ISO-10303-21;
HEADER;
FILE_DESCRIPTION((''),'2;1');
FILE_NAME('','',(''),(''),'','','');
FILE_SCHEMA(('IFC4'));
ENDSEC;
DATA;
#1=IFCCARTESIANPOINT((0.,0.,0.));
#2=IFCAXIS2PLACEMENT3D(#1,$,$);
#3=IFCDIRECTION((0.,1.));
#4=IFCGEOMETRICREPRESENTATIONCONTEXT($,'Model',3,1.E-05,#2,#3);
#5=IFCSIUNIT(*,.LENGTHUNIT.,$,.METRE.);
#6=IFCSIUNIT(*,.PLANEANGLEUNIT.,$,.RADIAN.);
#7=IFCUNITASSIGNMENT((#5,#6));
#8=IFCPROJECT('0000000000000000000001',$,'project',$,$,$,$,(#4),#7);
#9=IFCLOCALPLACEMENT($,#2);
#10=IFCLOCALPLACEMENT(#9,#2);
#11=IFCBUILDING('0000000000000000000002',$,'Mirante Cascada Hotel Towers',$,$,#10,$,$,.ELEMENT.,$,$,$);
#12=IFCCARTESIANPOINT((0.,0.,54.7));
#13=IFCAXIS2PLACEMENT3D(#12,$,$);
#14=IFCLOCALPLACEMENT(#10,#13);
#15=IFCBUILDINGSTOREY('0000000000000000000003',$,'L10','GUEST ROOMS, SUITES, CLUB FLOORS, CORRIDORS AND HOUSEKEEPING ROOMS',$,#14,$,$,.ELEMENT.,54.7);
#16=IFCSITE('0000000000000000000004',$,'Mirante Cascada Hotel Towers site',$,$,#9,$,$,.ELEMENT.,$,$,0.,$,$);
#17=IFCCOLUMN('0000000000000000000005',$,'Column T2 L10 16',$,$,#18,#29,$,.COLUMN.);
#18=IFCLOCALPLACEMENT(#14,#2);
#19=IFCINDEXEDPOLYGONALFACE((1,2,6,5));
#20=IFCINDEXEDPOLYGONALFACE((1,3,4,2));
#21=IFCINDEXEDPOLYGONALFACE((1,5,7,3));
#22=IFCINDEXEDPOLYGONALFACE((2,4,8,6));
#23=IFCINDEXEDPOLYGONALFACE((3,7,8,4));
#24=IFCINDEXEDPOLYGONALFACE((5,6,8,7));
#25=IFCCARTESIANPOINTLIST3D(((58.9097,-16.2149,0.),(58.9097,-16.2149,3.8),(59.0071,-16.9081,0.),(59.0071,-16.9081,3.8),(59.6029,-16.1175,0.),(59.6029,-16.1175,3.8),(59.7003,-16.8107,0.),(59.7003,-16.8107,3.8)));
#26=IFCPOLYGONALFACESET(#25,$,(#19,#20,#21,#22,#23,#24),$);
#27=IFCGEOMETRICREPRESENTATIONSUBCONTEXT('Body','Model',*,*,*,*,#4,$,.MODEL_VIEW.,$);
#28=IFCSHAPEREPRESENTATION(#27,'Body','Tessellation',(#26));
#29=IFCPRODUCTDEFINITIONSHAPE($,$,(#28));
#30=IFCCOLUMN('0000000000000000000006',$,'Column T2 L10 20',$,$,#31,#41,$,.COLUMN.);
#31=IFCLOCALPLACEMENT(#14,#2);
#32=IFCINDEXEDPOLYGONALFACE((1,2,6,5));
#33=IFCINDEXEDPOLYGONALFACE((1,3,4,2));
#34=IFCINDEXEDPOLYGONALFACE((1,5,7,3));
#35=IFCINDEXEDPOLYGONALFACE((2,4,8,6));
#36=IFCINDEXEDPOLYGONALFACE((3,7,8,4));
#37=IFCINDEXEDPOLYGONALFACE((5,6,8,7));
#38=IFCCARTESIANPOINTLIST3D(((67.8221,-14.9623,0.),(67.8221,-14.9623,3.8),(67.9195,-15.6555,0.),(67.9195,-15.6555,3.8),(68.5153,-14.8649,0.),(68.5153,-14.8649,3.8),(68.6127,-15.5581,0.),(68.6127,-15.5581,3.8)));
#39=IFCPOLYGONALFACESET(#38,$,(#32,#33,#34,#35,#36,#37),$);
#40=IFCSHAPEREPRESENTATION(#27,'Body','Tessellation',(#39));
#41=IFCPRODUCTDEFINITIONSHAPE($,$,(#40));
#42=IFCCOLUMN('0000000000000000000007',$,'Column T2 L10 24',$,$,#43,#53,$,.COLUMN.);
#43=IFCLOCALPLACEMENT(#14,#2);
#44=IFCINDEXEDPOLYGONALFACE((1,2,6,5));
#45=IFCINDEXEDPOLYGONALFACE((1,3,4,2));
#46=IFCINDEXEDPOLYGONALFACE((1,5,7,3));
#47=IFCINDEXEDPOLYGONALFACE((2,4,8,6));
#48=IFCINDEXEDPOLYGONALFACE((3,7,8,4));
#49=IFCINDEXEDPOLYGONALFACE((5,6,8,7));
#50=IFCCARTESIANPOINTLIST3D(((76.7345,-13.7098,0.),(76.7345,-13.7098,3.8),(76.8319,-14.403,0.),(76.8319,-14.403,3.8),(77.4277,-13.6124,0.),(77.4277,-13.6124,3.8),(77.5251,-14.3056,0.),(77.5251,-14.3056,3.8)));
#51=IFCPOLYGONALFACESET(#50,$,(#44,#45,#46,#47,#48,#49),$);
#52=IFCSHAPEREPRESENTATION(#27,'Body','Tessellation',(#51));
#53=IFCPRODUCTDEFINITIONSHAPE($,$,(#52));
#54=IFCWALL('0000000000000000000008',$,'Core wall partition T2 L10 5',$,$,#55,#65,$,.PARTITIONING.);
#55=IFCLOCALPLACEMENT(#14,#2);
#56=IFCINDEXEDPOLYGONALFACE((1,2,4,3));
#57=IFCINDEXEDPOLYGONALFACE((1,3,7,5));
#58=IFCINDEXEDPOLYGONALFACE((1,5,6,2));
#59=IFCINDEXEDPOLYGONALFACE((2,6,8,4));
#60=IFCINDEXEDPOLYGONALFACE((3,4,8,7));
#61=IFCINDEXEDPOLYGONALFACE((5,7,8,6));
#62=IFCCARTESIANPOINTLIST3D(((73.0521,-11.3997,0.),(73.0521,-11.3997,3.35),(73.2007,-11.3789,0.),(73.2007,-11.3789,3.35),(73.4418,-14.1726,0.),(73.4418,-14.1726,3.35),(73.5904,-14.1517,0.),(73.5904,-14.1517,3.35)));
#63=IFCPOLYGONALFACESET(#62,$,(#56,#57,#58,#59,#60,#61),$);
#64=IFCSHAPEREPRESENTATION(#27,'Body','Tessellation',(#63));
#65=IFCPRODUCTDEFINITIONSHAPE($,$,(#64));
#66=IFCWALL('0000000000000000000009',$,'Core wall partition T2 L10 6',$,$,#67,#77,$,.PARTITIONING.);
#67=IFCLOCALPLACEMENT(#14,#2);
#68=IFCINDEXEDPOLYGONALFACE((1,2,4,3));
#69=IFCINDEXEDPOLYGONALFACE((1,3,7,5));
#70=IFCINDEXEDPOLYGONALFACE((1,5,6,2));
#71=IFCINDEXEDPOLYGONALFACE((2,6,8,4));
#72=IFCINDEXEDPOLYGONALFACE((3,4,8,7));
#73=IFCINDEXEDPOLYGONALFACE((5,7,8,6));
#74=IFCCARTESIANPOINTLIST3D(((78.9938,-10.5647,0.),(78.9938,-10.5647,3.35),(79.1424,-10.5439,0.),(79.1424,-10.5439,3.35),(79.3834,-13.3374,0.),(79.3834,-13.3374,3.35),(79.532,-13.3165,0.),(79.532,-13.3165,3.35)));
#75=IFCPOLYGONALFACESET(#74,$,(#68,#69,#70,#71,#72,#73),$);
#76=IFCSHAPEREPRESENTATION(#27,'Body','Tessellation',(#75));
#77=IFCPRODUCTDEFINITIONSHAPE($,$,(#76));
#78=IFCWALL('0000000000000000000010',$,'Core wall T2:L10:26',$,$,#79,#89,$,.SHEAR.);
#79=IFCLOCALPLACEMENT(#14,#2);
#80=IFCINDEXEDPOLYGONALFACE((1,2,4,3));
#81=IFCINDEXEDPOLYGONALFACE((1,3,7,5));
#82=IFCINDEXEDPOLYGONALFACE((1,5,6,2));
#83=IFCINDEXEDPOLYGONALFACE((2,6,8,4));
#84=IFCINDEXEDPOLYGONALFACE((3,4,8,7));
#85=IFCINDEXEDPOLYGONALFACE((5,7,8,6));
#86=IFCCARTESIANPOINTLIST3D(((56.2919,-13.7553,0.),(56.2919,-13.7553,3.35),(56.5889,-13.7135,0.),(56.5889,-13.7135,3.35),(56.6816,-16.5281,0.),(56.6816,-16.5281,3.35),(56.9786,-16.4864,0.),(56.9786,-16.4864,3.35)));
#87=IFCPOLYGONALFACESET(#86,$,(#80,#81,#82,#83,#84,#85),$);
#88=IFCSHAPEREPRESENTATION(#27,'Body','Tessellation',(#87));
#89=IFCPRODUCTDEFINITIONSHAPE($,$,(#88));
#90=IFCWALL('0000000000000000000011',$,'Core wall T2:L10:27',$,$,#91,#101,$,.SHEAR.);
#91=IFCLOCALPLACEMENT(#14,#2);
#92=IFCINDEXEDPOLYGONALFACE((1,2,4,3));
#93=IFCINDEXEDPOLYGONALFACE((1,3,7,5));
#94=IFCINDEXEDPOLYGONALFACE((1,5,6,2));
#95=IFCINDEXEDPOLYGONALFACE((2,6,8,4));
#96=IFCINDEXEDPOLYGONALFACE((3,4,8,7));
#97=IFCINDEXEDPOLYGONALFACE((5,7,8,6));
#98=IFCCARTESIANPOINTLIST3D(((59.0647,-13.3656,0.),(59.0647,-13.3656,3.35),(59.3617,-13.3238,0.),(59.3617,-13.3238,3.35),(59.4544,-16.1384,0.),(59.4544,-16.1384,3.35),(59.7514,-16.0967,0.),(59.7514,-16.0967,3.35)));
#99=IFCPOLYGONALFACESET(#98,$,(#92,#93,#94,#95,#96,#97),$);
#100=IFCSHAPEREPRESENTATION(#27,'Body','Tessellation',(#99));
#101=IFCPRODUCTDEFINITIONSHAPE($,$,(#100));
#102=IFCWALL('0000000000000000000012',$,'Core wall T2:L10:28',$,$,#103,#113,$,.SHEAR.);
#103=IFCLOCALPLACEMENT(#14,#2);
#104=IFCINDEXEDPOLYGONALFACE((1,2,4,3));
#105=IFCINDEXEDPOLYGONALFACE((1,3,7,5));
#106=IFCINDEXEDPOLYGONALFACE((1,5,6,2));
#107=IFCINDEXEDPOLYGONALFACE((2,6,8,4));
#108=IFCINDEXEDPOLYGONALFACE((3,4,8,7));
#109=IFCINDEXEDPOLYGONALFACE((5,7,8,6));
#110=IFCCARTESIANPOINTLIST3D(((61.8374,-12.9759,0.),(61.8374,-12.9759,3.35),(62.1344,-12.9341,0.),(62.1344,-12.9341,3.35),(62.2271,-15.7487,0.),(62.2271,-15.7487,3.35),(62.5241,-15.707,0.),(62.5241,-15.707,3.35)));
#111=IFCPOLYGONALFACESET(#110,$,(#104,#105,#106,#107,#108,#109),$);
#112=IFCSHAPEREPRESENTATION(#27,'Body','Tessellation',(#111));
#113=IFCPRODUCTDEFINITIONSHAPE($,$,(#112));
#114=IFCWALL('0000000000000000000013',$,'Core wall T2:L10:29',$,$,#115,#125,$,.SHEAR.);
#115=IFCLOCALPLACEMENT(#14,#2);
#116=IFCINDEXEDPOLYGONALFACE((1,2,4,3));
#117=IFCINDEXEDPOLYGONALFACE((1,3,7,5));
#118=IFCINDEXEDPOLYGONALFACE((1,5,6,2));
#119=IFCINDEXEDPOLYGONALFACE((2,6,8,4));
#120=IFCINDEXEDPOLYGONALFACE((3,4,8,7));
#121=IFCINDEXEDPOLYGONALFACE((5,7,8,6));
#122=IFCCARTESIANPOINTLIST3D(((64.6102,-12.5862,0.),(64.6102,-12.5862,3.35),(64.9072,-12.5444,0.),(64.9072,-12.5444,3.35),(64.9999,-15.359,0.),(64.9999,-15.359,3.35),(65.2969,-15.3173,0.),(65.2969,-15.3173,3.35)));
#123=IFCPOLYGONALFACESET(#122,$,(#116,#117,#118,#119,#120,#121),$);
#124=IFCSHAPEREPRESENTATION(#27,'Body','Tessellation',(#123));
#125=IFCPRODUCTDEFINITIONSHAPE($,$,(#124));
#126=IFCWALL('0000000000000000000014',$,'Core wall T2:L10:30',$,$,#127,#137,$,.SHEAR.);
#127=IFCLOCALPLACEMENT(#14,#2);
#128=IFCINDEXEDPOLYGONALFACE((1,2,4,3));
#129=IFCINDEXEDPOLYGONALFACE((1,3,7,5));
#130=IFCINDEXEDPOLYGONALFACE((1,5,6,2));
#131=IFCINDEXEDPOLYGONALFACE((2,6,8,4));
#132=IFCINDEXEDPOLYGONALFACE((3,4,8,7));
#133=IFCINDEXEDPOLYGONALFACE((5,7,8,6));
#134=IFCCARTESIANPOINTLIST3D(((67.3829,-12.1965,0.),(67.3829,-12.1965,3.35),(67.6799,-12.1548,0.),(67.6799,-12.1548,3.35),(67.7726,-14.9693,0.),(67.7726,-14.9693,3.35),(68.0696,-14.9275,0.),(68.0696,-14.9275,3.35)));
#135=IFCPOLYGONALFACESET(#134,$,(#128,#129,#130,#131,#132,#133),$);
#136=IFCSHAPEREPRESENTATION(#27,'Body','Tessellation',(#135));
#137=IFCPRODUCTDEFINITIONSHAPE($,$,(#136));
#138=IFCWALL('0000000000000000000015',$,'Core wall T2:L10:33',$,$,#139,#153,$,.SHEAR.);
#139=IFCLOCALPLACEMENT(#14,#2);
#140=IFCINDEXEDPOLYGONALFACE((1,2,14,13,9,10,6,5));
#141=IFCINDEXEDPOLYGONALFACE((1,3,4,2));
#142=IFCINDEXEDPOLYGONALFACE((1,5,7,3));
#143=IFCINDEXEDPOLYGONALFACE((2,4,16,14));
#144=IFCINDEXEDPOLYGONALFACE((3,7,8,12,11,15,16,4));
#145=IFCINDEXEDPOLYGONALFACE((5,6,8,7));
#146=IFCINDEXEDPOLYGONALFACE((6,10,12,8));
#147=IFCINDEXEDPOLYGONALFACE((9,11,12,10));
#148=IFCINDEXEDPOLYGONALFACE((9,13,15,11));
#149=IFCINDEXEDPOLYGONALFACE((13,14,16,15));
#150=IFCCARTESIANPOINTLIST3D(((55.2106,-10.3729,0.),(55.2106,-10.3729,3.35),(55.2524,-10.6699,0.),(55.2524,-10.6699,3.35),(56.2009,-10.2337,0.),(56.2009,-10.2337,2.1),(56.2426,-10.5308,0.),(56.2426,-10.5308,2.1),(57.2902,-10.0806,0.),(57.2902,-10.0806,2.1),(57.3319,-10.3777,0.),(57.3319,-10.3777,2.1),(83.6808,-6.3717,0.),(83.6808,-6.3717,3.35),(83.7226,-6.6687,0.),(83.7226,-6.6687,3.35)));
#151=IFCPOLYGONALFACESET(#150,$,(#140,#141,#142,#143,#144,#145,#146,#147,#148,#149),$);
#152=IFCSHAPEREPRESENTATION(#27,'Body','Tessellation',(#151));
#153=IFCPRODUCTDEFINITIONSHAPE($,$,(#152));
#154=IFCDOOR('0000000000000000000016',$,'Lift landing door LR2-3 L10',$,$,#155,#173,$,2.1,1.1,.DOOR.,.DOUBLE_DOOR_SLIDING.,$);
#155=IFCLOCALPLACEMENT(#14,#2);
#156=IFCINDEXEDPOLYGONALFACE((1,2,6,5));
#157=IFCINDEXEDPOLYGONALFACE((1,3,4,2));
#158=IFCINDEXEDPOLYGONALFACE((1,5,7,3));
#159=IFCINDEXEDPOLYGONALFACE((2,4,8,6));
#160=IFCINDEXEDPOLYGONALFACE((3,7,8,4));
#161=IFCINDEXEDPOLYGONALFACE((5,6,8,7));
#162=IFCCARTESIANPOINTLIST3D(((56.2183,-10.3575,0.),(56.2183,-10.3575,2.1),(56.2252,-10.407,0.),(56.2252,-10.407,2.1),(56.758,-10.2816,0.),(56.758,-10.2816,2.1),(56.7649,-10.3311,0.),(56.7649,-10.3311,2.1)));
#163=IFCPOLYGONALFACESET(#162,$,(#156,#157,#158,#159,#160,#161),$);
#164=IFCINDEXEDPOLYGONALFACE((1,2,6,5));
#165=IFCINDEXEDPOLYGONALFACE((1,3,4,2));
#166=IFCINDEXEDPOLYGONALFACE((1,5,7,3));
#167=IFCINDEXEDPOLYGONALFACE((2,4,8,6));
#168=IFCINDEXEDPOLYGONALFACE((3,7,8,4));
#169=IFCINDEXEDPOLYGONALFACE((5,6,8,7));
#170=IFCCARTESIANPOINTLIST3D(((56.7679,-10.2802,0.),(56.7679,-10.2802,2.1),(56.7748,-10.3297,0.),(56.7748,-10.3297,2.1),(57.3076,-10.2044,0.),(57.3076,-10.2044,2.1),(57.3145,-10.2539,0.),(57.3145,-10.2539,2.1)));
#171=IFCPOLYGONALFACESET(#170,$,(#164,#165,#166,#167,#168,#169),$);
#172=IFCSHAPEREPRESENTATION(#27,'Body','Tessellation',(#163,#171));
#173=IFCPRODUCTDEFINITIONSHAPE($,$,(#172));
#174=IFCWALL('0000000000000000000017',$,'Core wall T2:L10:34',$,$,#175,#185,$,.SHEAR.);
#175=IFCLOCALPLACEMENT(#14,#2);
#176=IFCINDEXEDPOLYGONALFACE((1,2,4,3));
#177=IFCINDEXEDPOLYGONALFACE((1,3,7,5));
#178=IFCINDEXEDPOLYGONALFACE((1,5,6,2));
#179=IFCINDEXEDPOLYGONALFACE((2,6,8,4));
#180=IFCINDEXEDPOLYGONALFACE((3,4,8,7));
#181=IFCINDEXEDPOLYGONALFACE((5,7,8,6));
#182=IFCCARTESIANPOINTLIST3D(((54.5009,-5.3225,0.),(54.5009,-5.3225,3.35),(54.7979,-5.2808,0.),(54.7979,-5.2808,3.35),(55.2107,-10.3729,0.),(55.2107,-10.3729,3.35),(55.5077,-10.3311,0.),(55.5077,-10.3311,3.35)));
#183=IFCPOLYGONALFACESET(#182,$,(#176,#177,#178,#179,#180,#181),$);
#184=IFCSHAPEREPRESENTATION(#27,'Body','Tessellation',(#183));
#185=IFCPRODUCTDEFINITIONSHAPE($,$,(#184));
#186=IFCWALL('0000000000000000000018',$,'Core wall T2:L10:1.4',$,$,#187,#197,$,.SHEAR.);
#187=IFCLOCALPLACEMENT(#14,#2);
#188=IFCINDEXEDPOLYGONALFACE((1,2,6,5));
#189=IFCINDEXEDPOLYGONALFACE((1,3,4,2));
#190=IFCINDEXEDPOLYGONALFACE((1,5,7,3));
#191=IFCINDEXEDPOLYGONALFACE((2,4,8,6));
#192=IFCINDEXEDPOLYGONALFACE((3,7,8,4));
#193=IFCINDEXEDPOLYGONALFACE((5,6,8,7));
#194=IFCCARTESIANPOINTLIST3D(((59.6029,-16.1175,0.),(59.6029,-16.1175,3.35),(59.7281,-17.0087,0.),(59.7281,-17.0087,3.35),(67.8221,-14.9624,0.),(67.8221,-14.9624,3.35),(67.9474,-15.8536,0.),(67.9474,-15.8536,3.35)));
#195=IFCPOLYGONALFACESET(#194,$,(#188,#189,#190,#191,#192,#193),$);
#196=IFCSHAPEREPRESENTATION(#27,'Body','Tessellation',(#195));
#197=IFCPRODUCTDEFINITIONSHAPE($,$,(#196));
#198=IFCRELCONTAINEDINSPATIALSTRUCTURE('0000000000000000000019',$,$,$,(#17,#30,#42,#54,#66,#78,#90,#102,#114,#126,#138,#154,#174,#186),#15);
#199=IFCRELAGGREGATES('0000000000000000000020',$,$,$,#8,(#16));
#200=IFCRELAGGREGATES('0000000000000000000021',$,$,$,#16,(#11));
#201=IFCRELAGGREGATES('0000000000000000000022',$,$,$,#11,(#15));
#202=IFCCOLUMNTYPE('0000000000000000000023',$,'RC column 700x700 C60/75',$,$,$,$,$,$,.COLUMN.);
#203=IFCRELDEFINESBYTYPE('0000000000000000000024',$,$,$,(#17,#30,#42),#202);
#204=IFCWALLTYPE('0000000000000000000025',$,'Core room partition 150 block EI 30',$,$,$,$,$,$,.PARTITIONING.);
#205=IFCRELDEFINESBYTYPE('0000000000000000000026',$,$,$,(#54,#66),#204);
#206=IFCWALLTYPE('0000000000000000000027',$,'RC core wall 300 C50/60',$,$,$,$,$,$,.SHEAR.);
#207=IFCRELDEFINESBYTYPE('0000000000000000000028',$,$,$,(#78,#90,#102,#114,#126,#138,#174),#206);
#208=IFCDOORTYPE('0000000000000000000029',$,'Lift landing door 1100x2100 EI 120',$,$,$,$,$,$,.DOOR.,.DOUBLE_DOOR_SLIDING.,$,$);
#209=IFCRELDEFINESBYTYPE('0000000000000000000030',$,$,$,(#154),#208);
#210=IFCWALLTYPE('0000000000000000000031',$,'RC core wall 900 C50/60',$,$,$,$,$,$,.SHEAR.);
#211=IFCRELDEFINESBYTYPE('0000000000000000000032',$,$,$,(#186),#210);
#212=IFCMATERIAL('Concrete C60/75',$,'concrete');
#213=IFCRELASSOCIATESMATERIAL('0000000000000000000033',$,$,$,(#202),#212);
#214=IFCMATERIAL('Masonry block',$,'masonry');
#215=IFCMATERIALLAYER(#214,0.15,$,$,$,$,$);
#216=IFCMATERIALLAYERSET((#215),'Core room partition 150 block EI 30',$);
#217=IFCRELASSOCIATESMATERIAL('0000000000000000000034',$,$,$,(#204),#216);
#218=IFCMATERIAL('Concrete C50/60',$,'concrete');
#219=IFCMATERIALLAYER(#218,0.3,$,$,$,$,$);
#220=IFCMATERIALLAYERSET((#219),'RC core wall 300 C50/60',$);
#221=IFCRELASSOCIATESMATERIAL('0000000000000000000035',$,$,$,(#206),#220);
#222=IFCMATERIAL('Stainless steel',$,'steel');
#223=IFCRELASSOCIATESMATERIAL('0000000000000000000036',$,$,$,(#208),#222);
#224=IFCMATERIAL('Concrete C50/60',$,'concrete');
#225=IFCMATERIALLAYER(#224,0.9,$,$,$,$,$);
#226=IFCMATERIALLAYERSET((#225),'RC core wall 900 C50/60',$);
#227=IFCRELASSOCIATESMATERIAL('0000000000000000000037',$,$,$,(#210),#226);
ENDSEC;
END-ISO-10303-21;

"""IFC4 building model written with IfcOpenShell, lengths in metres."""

from ifc_helpers import new_model, si_unit, direction, frame, frame_2d, origin, origin_2d, place, context, subcontext, project, spatial, rectangle, extrude, material, layer, layer_set, material_profile, profile_set, type_object, element, fill, save


model = new_model("IFC4")

# Units and contexts
model_context = context("Model", 3, precision=1e-05, world=origin(), true_north=direction((0.0, 1.0)))
body_context = subcontext(model_context, "Body", "Model", "MODEL_VIEW")
ifc_project = project(units=[si_unit("LENGTHUNIT", "METRE"), si_unit("PLANEANGLEUNIT", "RADIAN")], contexts=[model_context])

# Site, building, storey
site_placement = place(None, origin())
site = spatial("IfcSite", under=ifc_project, at=site_placement, Name="Mirante Cascada Hotel Towers site", CompositionType="ELEMENT", RefElevation=0.0)
building_placement = place(site_placement, origin())
building = spatial("IfcBuilding", under=site, at=building_placement, Name="Mirante Cascada Hotel Towers", CompositionType="ELEMENT")
storey_placement = place(building_placement, frame((0.0, 0.0, 54.7)))
storey = spatial("IfcBuildingStorey", under=building, at=storey_placement, Name="L10", Description="GUEST ROOMS, SUITES, CLUB FLOORS, CORRIDORS AND HOUSEKEEPING ROOMS", CompositionType="ELEMENT", Elevation=54.7)

# Columns
ifc_material_1 = material(Name="Concrete C60/75", Category="concrete")
ifc_material_profile = material_profile(ifc_material_1, rectangle(XDim=0.7, YDim=0.7, at=origin_2d()), Name="RC column 700x700 C60/75")
ifc_profile_set = profile_set([ifc_material_profile], Name="Concrete C60/75")
column_type = type_object("IfcColumnType", Name="RC column 700x700 C60/75", PredefinedType="COLUMN", material=ifc_profile_set)
for number, where, z_axis, x_axis, name in (
    (1, (59.305, -16.5128, 0.0), (0.0, 0.0, 1.0), (0.990268, 0.139173, 0.0), "Column T2 L10 16"),
    (2, (68.2174, -15.2602, 0.0), (0.0, 0.0, 1.0), (0.990268, 0.139173, 0.0), "Column T2 L10 20"),
    (3, (77.1298, -14.0077, 0.0), (0.0, 0.0, 1.0), (0.990268, 0.139173, 0.0), "Column T2 L10 24"),
):
    element("IfcColumn", number, at=place(storey_placement, frame(where, z_axis=z_axis, x_axis=x_axis)), inside=storey, type_object=column_type, Name=name, PredefinedType="COLUMN", context=body_context, shape_type="SweptSolid", body=[
        extrude(rectangle(XDim=0.7, YDim=0.7, at=origin_2d()), origin(), (0.0, 0.0, 1.0), 3.8),
    ])

# Walls
ifc_material_2 = material(Name="Masonry block", Category="masonry")
ifc_layer_1 = layer(ifc_material_2, 0.15)
ifc_layer_set_1 = layer_set([ifc_layer_1], Name="Core room partition 150 block EI 30")
wall_type_1 = type_object("IfcWallType", Name="Core room partition 150 block EI 30", PredefinedType="PARTITIONING", material=ifc_layer_set_1)
wall_1_placement = place(storey_placement, frame((73.5161, -14.1621, 0.0), z_axis=(0.0, 0.0, 1.0), x_axis=(-0.139176, 0.990268, 0.0)))
element("IfcWall", 4, at=wall_1_placement, inside=storey, type_object=wall_type_1, Name="Core wall partition T2 L10 5", PredefinedType="PARTITIONING", context=body_context, shape_type="SweptSolid", body=[
    extrude(rectangle(XDim=2.8001, YDim=0.15, at=frame_2d((1.4, 0.0))), origin(), (0.0, 0.0, 1.0), 3.35),
])
wall_2_placement = place(storey_placement, frame((79.4577, -13.327, 0.0), z_axis=(0.0, 0.0, 1.0), x_axis=(-0.139146, 0.990272, 0.0)))
element("IfcWall", 5, at=wall_2_placement, inside=storey, type_object=wall_type_1, Name="Core wall partition T2 L10 6", PredefinedType="PARTITIONING", context=body_context, shape_type="SweptSolid", body=[
    extrude(rectangle(XDim=2.7999, YDim=0.15, at=frame_2d((1.4, 0.0))), origin(), (0.0, 0.0, 1.0), 3.35),
])
ifc_material_3 = material(Name="Concrete C50/60", Category="concrete")
ifc_layer_2 = layer(ifc_material_3, 0.3)
ifc_layer_set_2 = layer_set([ifc_layer_2], Name="RC core wall 300 C50/60")
wall_type_2 = type_object("IfcWallType", Name="RC core wall 300 C50/60", PredefinedType="SHEAR", material=ifc_layer_set_2)
for number, where, z_axis, x_axis, name in (
    (6, (56.8301, -16.5072, 0.0), (0.0, 0.0, 1.0), (-0.139176, 0.990268, 0.0), "Core wall T2:L10:26"),
    (7, (59.6029, -16.1175, 0.0), (0.0, 0.0, 1.0), (-0.139176, 0.990268, 0.0), "Core wall T2:L10:27"),
    (8, (62.3756, -15.7278, 0.0), (0.0, 0.0, 1.0), (-0.139176, 0.990268, 0.0), "Core wall T2:L10:28"),
    (9, (65.1484, -15.3381, 0.0), (0.0, 0.0, 1.0), (-0.139176, 0.990268, 0.0), "Core wall T2:L10:29"),
):
    element("IfcWall", number, at=place(storey_placement, frame(where, z_axis=z_axis, x_axis=x_axis)), inside=storey, type_object=wall_type_2, Name=name, PredefinedType="SHEAR", context=body_context, shape_type="SweptSolid", body=[
        extrude(rectangle(XDim=2.8001, YDim=0.3, at=frame_2d((1.4, 0.0))), origin(), (0.0, 0.0, 1.0), 3.35),
    ])
wall_3_placement = place(storey_placement, frame((67.9211, -14.9484, 0.0), z_axis=(0.0, 0.0, 1.0), x_axis=(-0.139181, 0.990267, 0.0)))
element("IfcWall", 10, at=wall_3_placement, inside=storey, type_object=wall_type_2, Name="Core wall T2:L10:30", PredefinedType="SHEAR", context=body_context, shape_type="SweptSolid", body=[
    extrude(rectangle(XDim=2.8, YDim=0.3, at=frame_2d((1.4, 0.0))), origin(), (0.0, 0.0, 1.0), 3.35),
])

# Wall, opening, door
wall_4_placement = place(storey_placement, frame((55.2315, -10.5214, 0.0), z_axis=(0.0, 0.0, 1.0), x_axis=(0.990268, 0.139172, 0.0)))
wall_4 = element("IfcWall", 11, at=wall_4_placement, inside=storey, type_object=wall_type_2, Name="Core wall T2:L10:33", PredefinedType="SHEAR", context=body_context, shape_type="SweptSolid", body=[
    extrude(rectangle(XDim=28.75, YDim=0.3, at=frame_2d((14.375, 0.0))), origin(), (0.0, 0.0, 1.0), 3.35),
])
opening_placement = place(wall_4_placement, frame((1.0, 0.0, 0.0)))
opening = element("IfcOpeningElement", 12, at=opening_placement, cuts=wall_4, PredefinedType="OPENING", context=body_context, shape_type="SweptSolid", body=[
    extrude(rectangle(XDim=1.1, YDim=2.1, at=frame_2d((0.55, 1.05))), frame((0.0, 0.15, 0.0), z_axis=(0.0, -1.0, 0.0), x_axis=(1.0, 0.0, 0.0)), (0.0, 0.0, 1.0), 0.3),
])
ifc_material_4 = material(Name="Stainless steel", Category="steel")
door_type = type_object("IfcDoorType", Name="Lift landing door 1100x2100 EI 120", OperationType="DOUBLE_DOOR_SLIDING", PredefinedType="DOOR", material=ifc_material_4)
door_placement = place(opening_placement, origin())
door = element("IfcDoor", 13, at=door_placement, inside=storey, type_object=door_type, Name="Lift landing door LR2-3 L10", OperationType="DOUBLE_DOOR_SLIDING", OverallHeight=2.1, OverallWidth=1.1, PredefinedType="DOOR", context=body_context, shape_type="SweptSolid", body=[
    extrude(rectangle(XDim=0.545, YDim=2.1, at=frame_2d((0.2725, 1.05))), frame((0.0, 0.025, 0.0), z_axis=(0.0, -1.0, 0.0), x_axis=(1.0, 0.0, 0.0)), (0.0, 0.0, 1.0), 0.05),
    extrude(rectangle(XDim=0.545, YDim=2.1, at=frame_2d((0.8275, 1.05))), frame((0.0, 0.025, 0.0), z_axis=(0.0, -1.0, 0.0), x_axis=(1.0, 0.0, 0.0)), (0.0, 0.0, 1.0), 0.05),
])
fill(opening, door)

# Walls
wall_5_placement = place(storey_placement, frame((55.3592, -10.352, 0.0), z_axis=(0.0, 0.0, 1.0), x_axis=(-0.139176, 0.990268, 0.0)))
element("IfcWall", 14, at=wall_5_placement, inside=storey, type_object=wall_type_2, Name="Core wall T2:L10:34", PredefinedType="SHEAR", context=body_context, shape_type="SweptSolid", body=[
    extrude(rectangle(XDim=5.1, YDim=0.3, at=frame_2d((2.55, 0.0))), origin(), (0.0, 0.0, 1.0), 3.35),
])
ifc_material_5 = material(Name="Concrete C50/60", Category="concrete")
ifc_layer_3 = layer(ifc_material_5, 0.9)
ifc_layer_set_3 = layer_set([ifc_layer_3], Name="RC core wall 900 C50/60")
wall_type_3 = type_object("IfcWallType", Name="RC core wall 900 C50/60", PredefinedType="SHEAR", material=ifc_layer_set_3)
for number, where, z_axis, x_axis, name in (
    (15, (59.6655, -16.5631, 0.0), (0.0, 0.0, 1.0), (0.990269, 0.139169, 0.0), "Core wall T2:L10:1.4"),
):
    element("IfcWall", number, at=place(storey_placement, frame(where, z_axis=z_axis, x_axis=x_axis)), inside=storey, type_object=wall_type_3, Name=name, PredefinedType="SHEAR", context=body_context, shape_type="SweptSolid", body=[
        extrude(rectangle(XDim=8.3, YDim=0.9, at=frame_2d((4.15, 0.0))), origin(), (0.0, 0.0, 1.0), 3.35),
    ])

save(model, "model.ifc")
